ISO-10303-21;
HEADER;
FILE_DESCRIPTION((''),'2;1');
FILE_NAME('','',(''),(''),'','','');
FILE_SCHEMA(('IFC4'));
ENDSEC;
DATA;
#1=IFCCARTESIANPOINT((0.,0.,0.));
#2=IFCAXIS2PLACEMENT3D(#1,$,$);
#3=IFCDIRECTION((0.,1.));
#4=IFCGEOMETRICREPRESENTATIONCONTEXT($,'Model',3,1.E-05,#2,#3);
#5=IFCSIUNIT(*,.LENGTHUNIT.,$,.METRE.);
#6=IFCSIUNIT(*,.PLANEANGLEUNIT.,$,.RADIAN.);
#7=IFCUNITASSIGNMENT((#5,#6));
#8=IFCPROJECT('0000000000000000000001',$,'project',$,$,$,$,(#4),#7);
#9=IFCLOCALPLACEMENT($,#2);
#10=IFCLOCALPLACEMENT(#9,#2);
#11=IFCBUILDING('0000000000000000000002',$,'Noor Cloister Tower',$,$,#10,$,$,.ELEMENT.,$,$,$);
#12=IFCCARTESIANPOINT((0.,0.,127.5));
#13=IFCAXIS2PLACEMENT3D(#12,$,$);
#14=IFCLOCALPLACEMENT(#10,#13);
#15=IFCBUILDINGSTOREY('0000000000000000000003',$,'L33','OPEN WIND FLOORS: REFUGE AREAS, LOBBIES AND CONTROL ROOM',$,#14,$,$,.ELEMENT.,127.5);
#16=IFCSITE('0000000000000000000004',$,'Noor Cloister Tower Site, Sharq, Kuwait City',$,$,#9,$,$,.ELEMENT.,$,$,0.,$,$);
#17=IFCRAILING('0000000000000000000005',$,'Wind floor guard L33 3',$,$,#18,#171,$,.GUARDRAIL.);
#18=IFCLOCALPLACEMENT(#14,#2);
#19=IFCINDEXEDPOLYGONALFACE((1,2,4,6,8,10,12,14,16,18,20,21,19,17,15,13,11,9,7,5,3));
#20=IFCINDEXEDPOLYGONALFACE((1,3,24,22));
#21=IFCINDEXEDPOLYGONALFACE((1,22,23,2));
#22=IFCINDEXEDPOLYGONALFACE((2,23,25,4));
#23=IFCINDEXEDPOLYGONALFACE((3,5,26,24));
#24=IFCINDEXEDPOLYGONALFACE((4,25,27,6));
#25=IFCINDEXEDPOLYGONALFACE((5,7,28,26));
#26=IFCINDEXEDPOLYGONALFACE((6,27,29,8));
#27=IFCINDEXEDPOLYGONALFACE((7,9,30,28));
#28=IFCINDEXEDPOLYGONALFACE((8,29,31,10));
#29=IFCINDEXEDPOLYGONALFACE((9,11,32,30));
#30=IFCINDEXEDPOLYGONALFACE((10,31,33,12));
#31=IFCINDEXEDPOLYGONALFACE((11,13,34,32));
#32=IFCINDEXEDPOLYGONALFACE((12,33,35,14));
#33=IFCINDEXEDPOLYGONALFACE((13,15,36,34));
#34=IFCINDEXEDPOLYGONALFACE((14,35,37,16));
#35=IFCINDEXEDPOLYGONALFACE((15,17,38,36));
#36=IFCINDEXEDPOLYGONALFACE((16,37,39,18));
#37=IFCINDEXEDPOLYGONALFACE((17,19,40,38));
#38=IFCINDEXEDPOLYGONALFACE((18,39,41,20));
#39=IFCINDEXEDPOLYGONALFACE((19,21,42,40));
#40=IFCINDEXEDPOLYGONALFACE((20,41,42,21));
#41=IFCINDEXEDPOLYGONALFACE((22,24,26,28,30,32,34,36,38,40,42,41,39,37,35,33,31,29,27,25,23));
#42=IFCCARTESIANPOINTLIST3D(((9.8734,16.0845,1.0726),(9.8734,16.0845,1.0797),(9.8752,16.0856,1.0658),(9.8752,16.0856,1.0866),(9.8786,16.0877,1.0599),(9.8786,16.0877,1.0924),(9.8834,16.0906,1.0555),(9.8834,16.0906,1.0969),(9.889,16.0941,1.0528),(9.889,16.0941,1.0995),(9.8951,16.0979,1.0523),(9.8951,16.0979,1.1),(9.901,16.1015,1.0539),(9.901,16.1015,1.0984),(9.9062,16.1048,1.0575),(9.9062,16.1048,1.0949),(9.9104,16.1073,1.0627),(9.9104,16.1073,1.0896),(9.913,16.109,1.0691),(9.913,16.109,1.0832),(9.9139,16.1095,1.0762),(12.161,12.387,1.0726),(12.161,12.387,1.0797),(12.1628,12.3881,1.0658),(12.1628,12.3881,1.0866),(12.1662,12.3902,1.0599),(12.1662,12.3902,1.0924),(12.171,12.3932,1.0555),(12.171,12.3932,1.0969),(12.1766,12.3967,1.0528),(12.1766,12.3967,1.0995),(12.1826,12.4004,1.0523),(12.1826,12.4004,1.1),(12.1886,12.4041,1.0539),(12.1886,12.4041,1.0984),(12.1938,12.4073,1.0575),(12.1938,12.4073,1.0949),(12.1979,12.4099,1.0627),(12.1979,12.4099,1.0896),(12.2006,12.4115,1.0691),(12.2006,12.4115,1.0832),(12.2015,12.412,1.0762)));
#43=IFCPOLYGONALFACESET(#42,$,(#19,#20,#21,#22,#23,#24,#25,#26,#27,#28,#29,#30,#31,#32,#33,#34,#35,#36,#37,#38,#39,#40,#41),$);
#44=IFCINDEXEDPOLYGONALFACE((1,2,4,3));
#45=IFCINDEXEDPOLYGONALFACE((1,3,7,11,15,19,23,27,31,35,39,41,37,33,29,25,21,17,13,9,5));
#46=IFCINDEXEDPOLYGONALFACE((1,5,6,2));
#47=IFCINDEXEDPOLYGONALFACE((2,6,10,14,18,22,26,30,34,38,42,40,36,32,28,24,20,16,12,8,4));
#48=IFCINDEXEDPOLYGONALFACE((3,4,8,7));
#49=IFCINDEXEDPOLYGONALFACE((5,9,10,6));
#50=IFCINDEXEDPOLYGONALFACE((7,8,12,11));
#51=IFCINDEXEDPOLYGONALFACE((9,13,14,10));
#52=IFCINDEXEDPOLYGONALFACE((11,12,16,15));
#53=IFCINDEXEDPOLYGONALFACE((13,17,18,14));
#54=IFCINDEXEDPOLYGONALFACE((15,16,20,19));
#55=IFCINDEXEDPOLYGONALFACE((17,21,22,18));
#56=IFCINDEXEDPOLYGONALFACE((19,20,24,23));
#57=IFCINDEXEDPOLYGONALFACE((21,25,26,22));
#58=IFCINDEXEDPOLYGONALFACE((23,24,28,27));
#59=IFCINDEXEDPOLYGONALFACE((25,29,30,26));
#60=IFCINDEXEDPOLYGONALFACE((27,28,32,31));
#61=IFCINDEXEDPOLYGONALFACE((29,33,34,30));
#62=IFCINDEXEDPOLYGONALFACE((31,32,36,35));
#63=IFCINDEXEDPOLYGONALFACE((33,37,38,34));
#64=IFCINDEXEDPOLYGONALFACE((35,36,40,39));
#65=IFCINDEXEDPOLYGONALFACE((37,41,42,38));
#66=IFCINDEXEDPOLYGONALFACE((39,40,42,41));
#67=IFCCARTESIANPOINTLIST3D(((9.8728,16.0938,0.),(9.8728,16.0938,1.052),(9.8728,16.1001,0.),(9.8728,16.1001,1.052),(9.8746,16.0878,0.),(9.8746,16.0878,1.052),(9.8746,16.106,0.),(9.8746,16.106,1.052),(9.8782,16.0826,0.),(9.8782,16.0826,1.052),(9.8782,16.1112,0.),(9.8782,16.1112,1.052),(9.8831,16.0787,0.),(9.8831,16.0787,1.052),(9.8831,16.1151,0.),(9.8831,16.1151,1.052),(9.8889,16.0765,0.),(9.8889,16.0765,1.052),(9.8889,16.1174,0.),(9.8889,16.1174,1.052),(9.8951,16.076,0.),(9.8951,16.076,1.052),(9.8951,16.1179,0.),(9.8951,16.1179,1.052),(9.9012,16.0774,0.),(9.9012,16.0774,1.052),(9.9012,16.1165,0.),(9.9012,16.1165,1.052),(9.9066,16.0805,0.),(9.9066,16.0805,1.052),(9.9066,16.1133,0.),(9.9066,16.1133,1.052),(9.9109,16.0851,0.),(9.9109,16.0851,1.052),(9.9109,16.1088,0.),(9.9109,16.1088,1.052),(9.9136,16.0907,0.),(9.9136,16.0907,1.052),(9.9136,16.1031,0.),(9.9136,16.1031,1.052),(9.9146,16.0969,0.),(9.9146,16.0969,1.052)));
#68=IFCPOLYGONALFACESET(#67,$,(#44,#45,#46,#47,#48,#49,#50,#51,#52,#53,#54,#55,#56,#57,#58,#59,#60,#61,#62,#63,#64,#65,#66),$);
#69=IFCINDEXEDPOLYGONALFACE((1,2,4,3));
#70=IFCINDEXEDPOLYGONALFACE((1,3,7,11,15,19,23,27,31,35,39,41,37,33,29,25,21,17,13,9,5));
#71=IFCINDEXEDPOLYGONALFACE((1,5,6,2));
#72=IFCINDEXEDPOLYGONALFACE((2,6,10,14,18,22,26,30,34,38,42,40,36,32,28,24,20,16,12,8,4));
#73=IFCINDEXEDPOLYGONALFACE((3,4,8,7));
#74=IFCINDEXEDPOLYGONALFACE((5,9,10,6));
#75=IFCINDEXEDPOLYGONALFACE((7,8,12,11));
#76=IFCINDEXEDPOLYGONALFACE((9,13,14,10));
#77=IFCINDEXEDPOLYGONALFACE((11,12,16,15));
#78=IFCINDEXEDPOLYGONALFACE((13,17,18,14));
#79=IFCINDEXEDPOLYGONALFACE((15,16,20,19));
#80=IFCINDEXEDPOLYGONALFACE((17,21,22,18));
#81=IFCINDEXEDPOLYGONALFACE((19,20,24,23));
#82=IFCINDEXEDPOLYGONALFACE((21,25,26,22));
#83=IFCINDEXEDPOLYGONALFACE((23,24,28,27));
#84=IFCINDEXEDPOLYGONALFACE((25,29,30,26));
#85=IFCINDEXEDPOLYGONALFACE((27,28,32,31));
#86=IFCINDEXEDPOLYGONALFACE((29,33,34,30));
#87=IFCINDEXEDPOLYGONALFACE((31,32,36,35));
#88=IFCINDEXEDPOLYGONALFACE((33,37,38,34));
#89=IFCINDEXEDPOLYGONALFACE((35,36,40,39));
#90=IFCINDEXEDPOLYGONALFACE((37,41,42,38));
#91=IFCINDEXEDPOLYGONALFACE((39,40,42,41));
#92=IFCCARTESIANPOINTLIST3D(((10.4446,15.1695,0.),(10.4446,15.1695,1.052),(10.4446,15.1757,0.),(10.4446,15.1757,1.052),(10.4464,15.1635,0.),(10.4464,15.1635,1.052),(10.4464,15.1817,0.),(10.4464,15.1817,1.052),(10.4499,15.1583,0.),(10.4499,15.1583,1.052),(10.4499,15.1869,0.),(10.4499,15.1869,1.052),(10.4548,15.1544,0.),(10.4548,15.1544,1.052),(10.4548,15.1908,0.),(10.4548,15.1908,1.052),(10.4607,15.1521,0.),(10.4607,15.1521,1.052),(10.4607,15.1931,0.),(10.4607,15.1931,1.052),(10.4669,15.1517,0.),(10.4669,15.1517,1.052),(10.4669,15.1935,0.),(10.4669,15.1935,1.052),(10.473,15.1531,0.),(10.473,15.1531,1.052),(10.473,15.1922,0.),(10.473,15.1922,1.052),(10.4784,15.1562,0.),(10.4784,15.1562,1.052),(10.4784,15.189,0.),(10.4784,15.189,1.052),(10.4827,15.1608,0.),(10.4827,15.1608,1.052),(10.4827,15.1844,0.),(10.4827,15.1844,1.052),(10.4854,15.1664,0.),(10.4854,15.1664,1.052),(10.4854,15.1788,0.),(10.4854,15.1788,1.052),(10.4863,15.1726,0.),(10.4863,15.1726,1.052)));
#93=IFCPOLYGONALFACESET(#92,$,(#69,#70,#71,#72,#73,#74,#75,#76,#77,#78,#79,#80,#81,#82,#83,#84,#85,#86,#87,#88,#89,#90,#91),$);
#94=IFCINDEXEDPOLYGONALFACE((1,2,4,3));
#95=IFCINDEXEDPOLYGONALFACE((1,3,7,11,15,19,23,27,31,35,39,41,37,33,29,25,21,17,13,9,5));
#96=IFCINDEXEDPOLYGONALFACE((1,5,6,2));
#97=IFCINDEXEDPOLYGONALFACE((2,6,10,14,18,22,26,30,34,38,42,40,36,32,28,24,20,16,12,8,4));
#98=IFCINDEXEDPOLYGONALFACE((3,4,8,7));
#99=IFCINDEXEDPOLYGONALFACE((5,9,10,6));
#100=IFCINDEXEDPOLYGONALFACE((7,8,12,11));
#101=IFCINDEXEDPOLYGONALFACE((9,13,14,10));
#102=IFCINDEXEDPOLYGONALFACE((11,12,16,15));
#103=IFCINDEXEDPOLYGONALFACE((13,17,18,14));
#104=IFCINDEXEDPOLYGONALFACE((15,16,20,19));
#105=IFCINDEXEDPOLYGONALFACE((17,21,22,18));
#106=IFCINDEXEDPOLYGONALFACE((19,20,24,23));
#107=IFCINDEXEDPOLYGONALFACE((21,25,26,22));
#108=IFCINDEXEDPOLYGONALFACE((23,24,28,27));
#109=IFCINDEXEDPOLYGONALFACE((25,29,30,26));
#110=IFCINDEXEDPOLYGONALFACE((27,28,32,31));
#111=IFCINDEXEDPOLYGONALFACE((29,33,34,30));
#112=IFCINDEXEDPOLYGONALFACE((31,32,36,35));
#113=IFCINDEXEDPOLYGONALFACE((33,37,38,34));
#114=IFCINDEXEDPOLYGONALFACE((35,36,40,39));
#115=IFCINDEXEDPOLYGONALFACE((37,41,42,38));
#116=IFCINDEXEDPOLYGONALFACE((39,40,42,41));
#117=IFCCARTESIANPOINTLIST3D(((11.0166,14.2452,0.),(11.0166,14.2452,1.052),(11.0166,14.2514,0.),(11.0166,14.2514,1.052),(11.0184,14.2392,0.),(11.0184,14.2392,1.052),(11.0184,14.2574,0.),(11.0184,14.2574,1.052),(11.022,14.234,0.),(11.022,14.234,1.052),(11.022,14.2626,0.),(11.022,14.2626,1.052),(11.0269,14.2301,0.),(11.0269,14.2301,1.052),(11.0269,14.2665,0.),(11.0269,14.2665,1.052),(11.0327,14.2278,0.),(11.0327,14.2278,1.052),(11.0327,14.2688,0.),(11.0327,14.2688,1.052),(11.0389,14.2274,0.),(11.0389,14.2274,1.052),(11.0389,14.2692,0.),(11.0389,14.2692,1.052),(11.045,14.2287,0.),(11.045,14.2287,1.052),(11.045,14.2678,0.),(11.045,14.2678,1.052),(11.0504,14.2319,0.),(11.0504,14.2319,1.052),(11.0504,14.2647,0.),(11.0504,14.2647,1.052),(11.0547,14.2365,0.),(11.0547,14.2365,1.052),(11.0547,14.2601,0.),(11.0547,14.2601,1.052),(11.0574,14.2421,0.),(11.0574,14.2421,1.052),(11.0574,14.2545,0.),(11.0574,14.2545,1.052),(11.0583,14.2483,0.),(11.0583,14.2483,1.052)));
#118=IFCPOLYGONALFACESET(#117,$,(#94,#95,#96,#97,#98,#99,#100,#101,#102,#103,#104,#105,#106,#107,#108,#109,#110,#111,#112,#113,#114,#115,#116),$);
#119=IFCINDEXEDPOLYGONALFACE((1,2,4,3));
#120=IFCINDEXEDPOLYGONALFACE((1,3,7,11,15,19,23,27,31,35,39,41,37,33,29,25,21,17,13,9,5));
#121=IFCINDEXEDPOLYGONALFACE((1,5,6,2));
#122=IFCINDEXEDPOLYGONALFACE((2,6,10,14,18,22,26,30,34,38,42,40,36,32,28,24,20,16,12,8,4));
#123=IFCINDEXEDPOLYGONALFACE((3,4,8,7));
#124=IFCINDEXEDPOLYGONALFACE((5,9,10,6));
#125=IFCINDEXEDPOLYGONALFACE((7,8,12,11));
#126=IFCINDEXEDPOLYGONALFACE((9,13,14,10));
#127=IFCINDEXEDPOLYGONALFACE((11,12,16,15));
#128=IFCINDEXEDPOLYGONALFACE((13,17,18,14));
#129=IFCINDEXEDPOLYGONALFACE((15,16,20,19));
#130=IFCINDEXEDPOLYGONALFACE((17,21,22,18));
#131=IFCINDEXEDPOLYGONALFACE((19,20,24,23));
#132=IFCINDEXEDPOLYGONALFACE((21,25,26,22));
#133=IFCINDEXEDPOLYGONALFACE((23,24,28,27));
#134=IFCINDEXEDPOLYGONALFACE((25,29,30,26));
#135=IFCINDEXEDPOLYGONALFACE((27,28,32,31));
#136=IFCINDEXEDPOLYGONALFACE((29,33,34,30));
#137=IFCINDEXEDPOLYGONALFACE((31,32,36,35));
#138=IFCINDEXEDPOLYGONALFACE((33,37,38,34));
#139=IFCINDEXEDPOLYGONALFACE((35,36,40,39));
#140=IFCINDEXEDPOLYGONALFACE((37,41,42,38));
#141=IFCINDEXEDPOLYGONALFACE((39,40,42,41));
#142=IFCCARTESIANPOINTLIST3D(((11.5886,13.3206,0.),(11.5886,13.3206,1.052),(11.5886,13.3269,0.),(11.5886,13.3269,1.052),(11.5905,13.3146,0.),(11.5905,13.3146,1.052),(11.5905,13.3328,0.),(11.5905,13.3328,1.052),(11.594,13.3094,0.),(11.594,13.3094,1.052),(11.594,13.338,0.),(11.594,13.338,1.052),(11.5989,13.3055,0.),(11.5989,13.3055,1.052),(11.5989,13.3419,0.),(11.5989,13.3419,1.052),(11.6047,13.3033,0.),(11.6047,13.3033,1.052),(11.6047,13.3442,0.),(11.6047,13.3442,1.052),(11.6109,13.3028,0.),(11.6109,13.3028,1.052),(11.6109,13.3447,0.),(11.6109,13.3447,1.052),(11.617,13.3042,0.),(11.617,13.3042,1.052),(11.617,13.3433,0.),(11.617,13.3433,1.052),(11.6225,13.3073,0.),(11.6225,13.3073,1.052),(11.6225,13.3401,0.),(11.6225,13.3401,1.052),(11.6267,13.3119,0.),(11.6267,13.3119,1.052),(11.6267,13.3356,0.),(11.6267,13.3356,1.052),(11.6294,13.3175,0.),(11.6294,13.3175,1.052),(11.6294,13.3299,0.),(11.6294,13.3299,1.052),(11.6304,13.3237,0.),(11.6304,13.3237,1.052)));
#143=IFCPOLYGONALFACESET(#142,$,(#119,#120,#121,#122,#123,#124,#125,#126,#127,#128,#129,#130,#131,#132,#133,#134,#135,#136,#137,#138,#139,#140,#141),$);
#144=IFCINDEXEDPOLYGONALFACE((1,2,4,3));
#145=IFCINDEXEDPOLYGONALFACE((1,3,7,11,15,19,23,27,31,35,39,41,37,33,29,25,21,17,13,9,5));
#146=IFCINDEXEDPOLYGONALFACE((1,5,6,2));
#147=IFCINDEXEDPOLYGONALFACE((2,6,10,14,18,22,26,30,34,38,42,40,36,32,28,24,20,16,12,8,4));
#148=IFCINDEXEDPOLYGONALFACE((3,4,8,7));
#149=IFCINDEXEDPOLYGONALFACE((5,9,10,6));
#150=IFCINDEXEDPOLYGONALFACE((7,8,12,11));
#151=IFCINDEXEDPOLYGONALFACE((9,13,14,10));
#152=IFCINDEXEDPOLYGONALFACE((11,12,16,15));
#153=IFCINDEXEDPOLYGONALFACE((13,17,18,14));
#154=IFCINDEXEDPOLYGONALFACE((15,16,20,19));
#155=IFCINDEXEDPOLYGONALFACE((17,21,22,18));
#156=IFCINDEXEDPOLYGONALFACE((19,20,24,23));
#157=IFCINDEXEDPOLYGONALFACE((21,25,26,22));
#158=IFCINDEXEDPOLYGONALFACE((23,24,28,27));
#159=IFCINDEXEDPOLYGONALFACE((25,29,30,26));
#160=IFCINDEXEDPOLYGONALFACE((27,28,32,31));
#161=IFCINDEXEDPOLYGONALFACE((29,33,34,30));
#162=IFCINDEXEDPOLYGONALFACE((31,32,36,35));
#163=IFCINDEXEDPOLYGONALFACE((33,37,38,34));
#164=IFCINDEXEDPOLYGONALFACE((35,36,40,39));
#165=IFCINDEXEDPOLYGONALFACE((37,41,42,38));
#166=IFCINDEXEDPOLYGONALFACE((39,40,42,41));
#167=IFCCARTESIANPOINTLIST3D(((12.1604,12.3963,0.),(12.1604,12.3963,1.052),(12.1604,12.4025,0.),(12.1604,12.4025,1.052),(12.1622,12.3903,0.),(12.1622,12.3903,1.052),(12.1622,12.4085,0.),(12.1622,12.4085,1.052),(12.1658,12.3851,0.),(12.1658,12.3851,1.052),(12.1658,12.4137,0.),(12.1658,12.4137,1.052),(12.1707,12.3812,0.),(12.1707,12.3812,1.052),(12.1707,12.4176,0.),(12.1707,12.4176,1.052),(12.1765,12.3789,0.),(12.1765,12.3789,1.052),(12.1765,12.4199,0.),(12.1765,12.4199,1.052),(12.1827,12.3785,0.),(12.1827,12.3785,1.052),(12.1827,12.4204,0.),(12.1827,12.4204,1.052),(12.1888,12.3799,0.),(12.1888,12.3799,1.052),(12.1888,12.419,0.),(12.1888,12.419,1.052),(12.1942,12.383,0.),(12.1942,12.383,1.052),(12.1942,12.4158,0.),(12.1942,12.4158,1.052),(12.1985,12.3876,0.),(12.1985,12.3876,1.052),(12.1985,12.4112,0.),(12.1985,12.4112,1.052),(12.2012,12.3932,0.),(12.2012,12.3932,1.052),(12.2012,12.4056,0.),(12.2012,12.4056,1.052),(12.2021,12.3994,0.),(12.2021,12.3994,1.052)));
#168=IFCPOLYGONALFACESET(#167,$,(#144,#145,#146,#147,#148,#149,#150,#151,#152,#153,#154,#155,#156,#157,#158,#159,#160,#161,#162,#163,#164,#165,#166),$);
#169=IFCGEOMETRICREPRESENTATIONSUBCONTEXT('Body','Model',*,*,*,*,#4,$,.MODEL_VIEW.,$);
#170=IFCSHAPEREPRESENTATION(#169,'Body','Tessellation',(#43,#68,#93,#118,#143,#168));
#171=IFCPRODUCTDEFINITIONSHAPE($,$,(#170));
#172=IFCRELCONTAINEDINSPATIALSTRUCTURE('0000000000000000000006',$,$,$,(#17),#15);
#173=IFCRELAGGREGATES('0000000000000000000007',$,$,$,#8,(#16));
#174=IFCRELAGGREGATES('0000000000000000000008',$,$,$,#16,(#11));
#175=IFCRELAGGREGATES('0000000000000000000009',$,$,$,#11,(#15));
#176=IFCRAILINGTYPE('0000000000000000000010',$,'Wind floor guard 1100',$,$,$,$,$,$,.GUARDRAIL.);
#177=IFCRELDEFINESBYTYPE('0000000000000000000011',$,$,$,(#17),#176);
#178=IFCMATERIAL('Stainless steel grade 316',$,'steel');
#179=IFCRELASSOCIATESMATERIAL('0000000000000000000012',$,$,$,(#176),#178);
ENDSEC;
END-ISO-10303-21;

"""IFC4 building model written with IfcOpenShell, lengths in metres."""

from ifc_helpers import new_model, si_unit, direction, frame, origin, origin_2d, place, context, subcontext, project, spatial, circle, extrude, material, type_object, element, save


model = new_model("IFC4")

# Units and contexts
model_context = context("Model", 3, precision=1e-05, world=origin(), true_north=direction((0.0, 1.0)))
body_context = subcontext(model_context, "Body", "Model", "MODEL_VIEW")
ifc_project = project(units=[si_unit("LENGTHUNIT", "METRE"), si_unit("PLANEANGLEUNIT", "RADIAN")], contexts=[model_context])

# Site, building, storey
site_placement = place(None, origin())
site = spatial("IfcSite", under=ifc_project, at=site_placement, Name="Noor Cloister Tower Site, Sharq, Kuwait City", CompositionType="ELEMENT", RefElevation=0.0)
building_placement = place(site_placement, origin())
building = spatial("IfcBuilding", under=site, at=building_placement, Name="Noor Cloister Tower", CompositionType="ELEMENT")
storey_placement = place(building_placement, frame((0.0, 0.0, 127.5)))
storey = spatial("IfcBuildingStorey", under=building, at=storey_placement, Name="L33", Description="OPEN WIND FLOORS: REFUGE AREAS, LOBBIES AND CONTROL ROOM", CompositionType="ELEMENT", Elevation=127.5)

# Railing
ifc_material_1 = material(Name="Stainless steel grade 316", Category="steel")
railing_type_1 = type_object("IfcRailingType", Name="Wind floor guard 1100", PredefinedType="GUARDRAIL", material=ifc_material_1)
railing_1_placement = place(storey_placement, frame((9.8936, 16.0969, 0.0)))
element("IfcRailing", 1, at=railing_1_placement, inside=storey, type_object=railing_type_1, Name="Wind floor guard L33 3", PredefinedType="GUARDRAIL", context=body_context, shape_type="SweptSolid", body=[
    extrude(circle(Radius=0.0239, at=origin_2d()), frame((0.0, 0.0, 1.0762), z_axis=(0.526132, -0.850403, 0.0), x_axis=(0.850403, 0.526132, 0.0)), (0.0, 0.0, 1.0), 4.3479),
    extrude(circle(Radius=0.021, at=origin_2d()), origin(), (0.0, 0.0, 1.0), 1.052),
    extrude(circle(Radius=0.021, at=origin_2d()), frame((0.5718, -0.9243, 0.0)), (0.0, 0.0, 1.0), 1.052),
    extrude(circle(Radius=0.021, at=origin_2d()), frame((1.1438, -1.8486, 0.0)), (0.0, 0.0, 1.0), 1.052),
    extrude(circle(Radius=0.021, at=origin_2d()), frame((1.7158, -2.7732, 0.0)), (0.0, 0.0, 1.0), 1.052),
    extrude(circle(Radius=0.021, at=origin_2d()), frame((2.2876, -3.6975, 0.0)), (0.0, 0.0, 1.0), 1.052),
])

save(model, "model.ifc")
